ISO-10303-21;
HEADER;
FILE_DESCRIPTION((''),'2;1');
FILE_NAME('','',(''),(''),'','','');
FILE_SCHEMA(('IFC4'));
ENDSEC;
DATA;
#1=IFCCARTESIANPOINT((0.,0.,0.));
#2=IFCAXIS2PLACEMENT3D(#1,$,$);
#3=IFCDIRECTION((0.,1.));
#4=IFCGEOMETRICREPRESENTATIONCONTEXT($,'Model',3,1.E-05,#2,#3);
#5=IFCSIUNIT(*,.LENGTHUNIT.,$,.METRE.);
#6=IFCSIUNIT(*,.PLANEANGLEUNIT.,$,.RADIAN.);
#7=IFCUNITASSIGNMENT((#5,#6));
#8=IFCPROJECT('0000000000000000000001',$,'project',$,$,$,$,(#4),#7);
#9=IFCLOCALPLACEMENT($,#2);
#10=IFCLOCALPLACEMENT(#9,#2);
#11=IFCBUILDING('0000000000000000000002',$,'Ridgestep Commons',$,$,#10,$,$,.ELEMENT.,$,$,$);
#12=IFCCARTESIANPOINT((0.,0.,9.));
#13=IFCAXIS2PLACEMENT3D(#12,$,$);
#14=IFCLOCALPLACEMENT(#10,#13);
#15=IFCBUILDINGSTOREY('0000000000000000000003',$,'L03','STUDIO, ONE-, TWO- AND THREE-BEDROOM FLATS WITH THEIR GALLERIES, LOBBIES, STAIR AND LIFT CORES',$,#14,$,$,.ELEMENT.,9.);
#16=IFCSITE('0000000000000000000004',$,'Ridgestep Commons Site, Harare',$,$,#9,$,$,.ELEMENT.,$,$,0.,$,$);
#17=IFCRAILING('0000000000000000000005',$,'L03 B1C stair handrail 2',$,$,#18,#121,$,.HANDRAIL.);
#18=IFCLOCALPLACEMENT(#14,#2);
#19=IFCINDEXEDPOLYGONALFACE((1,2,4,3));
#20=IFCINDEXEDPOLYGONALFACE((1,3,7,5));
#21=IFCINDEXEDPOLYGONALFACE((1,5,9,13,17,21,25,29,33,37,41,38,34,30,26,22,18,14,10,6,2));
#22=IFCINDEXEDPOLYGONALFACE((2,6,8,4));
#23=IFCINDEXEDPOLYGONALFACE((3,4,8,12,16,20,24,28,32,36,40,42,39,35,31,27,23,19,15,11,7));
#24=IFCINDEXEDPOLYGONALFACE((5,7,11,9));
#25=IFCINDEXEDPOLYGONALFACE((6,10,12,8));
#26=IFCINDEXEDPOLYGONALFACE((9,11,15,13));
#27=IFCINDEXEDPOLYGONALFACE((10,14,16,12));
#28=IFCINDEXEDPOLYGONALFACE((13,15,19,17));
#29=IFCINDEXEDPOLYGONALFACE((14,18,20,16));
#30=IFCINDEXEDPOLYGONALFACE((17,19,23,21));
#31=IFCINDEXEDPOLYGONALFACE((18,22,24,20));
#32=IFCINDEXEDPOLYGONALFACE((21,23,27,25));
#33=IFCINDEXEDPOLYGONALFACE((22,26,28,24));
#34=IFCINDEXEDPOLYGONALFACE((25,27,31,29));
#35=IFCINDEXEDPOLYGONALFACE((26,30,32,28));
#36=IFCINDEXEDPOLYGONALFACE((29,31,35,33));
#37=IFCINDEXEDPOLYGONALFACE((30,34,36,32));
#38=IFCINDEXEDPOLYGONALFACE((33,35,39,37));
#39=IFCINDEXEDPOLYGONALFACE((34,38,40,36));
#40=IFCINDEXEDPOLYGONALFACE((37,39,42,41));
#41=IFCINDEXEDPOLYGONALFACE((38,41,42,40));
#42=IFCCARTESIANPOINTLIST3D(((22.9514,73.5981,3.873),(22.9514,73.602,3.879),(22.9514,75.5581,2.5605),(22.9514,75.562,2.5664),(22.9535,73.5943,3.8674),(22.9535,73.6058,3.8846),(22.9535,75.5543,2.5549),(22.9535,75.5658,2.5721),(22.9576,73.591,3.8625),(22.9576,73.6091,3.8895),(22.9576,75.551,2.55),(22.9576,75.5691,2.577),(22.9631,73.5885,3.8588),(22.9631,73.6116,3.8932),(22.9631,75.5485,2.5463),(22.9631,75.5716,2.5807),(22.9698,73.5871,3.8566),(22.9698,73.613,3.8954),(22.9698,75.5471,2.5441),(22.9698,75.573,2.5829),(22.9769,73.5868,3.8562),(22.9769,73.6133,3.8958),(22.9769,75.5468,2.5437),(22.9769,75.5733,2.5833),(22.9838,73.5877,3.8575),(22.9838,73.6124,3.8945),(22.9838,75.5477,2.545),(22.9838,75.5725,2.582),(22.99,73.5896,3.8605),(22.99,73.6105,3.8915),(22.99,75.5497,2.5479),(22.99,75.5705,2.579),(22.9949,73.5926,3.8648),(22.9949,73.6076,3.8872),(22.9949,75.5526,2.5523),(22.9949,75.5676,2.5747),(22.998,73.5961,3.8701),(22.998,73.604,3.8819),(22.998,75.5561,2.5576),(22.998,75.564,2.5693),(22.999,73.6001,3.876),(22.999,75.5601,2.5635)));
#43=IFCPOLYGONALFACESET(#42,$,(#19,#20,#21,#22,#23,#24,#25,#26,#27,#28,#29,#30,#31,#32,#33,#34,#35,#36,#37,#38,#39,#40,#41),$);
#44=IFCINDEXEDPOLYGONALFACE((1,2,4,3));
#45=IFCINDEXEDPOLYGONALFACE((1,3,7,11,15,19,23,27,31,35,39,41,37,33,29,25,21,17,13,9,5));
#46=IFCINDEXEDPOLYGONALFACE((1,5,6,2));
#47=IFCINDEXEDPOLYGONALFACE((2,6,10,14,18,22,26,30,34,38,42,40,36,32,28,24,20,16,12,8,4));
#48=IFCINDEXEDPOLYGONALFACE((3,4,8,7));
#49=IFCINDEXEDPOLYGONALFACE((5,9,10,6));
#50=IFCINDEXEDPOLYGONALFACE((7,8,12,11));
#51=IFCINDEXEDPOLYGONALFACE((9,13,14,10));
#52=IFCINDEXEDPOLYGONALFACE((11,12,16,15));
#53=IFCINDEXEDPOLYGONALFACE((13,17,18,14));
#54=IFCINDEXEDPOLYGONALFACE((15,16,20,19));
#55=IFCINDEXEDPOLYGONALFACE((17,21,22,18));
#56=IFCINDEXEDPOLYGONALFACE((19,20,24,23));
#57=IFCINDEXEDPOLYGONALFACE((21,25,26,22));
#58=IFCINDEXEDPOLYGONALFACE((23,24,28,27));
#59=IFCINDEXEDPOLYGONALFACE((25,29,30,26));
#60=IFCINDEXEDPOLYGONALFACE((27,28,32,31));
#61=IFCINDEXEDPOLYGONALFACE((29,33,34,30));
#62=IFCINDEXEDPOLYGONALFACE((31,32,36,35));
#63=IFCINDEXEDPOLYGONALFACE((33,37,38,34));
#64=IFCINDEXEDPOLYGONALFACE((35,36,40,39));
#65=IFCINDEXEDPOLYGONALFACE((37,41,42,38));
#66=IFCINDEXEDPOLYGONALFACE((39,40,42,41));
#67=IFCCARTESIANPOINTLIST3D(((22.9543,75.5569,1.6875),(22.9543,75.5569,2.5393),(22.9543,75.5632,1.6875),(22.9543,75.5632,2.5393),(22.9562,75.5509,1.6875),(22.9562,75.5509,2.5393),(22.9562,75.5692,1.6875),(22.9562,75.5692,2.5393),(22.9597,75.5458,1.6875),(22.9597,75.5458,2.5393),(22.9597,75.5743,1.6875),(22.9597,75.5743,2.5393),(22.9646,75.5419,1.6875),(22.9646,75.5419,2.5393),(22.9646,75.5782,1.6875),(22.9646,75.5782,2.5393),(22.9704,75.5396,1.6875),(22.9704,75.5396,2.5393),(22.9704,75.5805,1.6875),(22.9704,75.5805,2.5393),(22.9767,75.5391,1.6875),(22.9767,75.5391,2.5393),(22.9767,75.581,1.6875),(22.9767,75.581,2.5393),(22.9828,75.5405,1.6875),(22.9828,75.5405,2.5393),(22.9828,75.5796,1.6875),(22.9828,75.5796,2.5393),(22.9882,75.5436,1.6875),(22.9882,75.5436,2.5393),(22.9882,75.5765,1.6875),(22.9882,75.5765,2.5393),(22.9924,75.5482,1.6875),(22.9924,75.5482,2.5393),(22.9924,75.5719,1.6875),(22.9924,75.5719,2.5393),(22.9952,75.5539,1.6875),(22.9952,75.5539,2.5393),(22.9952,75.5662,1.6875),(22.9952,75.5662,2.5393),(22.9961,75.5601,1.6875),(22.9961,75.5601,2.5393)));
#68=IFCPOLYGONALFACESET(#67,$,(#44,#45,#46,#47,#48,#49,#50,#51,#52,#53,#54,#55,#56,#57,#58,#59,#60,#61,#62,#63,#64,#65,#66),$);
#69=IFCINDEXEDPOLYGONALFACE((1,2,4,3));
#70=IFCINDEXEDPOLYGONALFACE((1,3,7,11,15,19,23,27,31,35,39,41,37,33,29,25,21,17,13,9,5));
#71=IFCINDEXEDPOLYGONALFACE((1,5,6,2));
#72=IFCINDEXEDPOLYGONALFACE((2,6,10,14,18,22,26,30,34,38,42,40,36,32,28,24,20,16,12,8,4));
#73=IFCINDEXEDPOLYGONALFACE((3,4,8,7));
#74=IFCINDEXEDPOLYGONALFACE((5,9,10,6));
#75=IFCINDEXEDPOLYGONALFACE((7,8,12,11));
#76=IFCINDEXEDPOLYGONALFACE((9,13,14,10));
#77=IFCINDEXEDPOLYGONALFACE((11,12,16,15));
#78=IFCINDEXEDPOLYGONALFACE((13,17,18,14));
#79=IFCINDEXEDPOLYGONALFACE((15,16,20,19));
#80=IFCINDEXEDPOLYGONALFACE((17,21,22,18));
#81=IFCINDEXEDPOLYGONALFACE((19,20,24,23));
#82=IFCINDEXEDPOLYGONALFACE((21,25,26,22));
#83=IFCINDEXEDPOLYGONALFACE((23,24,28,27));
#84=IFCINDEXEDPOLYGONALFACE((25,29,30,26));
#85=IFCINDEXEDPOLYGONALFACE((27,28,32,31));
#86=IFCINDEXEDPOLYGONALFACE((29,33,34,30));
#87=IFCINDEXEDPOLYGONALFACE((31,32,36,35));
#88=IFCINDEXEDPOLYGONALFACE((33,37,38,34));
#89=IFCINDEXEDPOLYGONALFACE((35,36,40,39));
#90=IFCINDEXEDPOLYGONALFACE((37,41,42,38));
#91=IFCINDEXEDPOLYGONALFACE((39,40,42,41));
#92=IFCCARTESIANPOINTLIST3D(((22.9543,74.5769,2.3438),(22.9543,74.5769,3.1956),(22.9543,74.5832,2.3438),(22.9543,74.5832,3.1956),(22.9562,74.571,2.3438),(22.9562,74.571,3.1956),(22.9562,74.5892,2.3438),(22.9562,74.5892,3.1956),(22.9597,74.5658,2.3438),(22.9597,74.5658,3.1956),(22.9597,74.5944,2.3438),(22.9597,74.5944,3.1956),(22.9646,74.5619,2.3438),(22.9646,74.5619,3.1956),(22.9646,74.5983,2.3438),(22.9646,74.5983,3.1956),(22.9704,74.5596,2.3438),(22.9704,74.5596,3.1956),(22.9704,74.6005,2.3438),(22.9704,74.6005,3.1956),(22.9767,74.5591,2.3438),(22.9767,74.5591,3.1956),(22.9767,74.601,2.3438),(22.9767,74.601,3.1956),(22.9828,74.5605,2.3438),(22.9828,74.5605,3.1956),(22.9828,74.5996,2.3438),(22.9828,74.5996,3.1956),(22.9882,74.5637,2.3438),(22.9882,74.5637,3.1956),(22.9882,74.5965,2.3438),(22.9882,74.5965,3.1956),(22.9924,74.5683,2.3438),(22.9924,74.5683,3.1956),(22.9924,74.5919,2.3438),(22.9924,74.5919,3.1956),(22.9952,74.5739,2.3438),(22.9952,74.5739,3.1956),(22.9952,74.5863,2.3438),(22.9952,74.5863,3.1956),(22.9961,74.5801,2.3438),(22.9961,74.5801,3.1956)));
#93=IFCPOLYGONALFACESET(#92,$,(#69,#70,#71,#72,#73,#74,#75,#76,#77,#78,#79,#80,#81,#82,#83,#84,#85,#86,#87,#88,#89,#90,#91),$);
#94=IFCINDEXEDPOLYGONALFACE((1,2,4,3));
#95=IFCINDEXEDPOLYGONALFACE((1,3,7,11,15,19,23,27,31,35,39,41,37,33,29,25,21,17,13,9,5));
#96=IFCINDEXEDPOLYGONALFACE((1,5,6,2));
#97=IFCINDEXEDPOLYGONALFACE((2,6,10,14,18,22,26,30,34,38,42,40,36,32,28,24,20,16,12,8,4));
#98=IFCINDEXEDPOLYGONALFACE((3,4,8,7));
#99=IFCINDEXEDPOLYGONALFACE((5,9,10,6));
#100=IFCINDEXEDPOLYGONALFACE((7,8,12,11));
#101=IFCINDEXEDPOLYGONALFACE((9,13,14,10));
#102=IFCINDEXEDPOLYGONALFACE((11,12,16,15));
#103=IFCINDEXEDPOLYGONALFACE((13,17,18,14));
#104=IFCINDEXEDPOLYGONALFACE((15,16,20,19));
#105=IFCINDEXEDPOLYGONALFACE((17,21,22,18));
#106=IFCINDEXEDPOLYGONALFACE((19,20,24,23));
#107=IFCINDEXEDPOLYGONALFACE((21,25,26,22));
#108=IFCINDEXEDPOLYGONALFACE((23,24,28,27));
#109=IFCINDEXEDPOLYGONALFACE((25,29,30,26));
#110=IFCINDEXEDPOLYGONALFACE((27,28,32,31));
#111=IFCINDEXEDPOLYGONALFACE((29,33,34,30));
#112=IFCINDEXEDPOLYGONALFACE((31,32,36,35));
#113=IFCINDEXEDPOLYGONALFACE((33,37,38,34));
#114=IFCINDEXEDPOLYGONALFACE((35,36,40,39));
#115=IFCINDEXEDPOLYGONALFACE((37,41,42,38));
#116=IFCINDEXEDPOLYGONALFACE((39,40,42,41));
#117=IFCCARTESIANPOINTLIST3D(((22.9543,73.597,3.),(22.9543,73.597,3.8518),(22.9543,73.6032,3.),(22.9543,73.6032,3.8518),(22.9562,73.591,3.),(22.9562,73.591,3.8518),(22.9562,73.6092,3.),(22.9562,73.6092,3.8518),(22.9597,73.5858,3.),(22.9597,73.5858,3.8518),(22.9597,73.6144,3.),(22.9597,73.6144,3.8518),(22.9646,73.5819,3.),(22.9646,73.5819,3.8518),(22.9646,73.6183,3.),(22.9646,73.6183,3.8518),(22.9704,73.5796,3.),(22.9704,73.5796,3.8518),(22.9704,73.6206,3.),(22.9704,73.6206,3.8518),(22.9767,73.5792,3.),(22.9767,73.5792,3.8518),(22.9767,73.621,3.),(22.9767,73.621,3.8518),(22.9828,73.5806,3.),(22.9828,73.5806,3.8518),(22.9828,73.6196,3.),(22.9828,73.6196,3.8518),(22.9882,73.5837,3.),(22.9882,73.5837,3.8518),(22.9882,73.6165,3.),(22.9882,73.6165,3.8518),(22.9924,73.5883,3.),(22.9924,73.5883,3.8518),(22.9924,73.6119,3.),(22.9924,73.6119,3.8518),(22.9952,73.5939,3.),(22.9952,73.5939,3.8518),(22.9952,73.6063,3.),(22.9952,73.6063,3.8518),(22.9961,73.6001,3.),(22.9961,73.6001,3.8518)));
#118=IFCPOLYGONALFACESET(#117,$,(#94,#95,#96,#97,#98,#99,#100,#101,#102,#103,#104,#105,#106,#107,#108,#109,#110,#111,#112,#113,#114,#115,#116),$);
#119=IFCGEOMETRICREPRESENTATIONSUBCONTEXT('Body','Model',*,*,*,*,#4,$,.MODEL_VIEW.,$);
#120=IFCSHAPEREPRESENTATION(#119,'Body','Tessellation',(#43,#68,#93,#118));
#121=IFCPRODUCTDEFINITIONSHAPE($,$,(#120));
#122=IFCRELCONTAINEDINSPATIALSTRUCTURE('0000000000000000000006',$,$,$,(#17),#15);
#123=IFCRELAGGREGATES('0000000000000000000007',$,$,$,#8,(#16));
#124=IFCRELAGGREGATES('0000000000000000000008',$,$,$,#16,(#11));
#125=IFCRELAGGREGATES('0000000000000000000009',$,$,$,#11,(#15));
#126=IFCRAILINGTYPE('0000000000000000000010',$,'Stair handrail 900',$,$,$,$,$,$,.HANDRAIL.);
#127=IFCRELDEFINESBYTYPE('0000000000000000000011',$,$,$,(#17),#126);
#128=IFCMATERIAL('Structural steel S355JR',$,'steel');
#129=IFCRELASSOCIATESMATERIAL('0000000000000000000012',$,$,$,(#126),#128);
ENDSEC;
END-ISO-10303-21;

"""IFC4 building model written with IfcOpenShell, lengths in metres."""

from ifc_helpers import new_model, si_unit, direction, frame, origin, origin_2d, place, context, subcontext, project, spatial, circle, extrude, material, type_object, element, save


model = new_model("IFC4")

# Units and contexts
model_context = context("Model", 3, precision=1e-05, world=origin(), true_north=direction((0.0, 1.0)))
body_context = subcontext(model_context, "Body", "Model", "MODEL_VIEW")
ifc_project = project(units=[si_unit("LENGTHUNIT", "METRE"), si_unit("PLANEANGLEUNIT", "RADIAN")], contexts=[model_context])

# Site, building, storey
site_placement = place(None, origin())
site = spatial("IfcSite", under=ifc_project, at=site_placement, Name="Ridgestep Commons Site, Harare", CompositionType="ELEMENT", RefElevation=0.0)
building_placement = place(site_placement, origin())
building = spatial("IfcBuilding", under=site, at=building_placement, Name="Ridgestep Commons", CompositionType="ELEMENT")
storey_placement = place(building_placement, frame((0.0, 0.0, 9.0)))
storey = spatial("IfcBuildingStorey", under=building, at=storey_placement, Name="L03", Description="STUDIO, ONE-, TWO- AND THREE-BEDROOM FLATS WITH THEIR GALLERIES, LOBBIES, STAIR AND LIFT CORES", CompositionType="ELEMENT", Elevation=9.0)

# Railing
ifc_material_1 = material(Name="Structural steel S355JR", Category="steel")
railing_type_1 = type_object("IfcRailingType", Name="Stair handrail 900", PredefinedType="HANDRAIL", material=ifc_material_1)
railing_1_placement = place(storey_placement, frame((22.9751, 75.5601, 1.6875)))
element("IfcRailing", 1, at=railing_1_placement, inside=storey, type_object=railing_type_1, Name="L03 B1C stair handrail 2", PredefinedType="HANDRAIL", context=body_context, shape_type="SweptSolid", body=[
    extrude(circle(Radius=0.0239, at=origin_2d()), frame((0.0, 0.0, 0.876), z_axis=(0.0, -0.830902, 0.556419), x_axis=(1.0, 0.0, 0.0)), (0.0, 0.0, 1.0), 2.3589),
    extrude(circle(Radius=0.021, at=origin_2d()), origin(), (0.0, 0.0, 1.0), 0.8518),
    extrude(circle(Radius=0.021, at=origin_2d()), frame((0.0, -0.98, 0.6562)), (0.0, 0.0, 1.0), 0.8518),
    extrude(circle(Radius=0.021, at=origin_2d()), frame((0.0, -1.96, 1.3125)), (0.0, 0.0, 1.0), 0.8518),
])

save(model, "model.ifc")
